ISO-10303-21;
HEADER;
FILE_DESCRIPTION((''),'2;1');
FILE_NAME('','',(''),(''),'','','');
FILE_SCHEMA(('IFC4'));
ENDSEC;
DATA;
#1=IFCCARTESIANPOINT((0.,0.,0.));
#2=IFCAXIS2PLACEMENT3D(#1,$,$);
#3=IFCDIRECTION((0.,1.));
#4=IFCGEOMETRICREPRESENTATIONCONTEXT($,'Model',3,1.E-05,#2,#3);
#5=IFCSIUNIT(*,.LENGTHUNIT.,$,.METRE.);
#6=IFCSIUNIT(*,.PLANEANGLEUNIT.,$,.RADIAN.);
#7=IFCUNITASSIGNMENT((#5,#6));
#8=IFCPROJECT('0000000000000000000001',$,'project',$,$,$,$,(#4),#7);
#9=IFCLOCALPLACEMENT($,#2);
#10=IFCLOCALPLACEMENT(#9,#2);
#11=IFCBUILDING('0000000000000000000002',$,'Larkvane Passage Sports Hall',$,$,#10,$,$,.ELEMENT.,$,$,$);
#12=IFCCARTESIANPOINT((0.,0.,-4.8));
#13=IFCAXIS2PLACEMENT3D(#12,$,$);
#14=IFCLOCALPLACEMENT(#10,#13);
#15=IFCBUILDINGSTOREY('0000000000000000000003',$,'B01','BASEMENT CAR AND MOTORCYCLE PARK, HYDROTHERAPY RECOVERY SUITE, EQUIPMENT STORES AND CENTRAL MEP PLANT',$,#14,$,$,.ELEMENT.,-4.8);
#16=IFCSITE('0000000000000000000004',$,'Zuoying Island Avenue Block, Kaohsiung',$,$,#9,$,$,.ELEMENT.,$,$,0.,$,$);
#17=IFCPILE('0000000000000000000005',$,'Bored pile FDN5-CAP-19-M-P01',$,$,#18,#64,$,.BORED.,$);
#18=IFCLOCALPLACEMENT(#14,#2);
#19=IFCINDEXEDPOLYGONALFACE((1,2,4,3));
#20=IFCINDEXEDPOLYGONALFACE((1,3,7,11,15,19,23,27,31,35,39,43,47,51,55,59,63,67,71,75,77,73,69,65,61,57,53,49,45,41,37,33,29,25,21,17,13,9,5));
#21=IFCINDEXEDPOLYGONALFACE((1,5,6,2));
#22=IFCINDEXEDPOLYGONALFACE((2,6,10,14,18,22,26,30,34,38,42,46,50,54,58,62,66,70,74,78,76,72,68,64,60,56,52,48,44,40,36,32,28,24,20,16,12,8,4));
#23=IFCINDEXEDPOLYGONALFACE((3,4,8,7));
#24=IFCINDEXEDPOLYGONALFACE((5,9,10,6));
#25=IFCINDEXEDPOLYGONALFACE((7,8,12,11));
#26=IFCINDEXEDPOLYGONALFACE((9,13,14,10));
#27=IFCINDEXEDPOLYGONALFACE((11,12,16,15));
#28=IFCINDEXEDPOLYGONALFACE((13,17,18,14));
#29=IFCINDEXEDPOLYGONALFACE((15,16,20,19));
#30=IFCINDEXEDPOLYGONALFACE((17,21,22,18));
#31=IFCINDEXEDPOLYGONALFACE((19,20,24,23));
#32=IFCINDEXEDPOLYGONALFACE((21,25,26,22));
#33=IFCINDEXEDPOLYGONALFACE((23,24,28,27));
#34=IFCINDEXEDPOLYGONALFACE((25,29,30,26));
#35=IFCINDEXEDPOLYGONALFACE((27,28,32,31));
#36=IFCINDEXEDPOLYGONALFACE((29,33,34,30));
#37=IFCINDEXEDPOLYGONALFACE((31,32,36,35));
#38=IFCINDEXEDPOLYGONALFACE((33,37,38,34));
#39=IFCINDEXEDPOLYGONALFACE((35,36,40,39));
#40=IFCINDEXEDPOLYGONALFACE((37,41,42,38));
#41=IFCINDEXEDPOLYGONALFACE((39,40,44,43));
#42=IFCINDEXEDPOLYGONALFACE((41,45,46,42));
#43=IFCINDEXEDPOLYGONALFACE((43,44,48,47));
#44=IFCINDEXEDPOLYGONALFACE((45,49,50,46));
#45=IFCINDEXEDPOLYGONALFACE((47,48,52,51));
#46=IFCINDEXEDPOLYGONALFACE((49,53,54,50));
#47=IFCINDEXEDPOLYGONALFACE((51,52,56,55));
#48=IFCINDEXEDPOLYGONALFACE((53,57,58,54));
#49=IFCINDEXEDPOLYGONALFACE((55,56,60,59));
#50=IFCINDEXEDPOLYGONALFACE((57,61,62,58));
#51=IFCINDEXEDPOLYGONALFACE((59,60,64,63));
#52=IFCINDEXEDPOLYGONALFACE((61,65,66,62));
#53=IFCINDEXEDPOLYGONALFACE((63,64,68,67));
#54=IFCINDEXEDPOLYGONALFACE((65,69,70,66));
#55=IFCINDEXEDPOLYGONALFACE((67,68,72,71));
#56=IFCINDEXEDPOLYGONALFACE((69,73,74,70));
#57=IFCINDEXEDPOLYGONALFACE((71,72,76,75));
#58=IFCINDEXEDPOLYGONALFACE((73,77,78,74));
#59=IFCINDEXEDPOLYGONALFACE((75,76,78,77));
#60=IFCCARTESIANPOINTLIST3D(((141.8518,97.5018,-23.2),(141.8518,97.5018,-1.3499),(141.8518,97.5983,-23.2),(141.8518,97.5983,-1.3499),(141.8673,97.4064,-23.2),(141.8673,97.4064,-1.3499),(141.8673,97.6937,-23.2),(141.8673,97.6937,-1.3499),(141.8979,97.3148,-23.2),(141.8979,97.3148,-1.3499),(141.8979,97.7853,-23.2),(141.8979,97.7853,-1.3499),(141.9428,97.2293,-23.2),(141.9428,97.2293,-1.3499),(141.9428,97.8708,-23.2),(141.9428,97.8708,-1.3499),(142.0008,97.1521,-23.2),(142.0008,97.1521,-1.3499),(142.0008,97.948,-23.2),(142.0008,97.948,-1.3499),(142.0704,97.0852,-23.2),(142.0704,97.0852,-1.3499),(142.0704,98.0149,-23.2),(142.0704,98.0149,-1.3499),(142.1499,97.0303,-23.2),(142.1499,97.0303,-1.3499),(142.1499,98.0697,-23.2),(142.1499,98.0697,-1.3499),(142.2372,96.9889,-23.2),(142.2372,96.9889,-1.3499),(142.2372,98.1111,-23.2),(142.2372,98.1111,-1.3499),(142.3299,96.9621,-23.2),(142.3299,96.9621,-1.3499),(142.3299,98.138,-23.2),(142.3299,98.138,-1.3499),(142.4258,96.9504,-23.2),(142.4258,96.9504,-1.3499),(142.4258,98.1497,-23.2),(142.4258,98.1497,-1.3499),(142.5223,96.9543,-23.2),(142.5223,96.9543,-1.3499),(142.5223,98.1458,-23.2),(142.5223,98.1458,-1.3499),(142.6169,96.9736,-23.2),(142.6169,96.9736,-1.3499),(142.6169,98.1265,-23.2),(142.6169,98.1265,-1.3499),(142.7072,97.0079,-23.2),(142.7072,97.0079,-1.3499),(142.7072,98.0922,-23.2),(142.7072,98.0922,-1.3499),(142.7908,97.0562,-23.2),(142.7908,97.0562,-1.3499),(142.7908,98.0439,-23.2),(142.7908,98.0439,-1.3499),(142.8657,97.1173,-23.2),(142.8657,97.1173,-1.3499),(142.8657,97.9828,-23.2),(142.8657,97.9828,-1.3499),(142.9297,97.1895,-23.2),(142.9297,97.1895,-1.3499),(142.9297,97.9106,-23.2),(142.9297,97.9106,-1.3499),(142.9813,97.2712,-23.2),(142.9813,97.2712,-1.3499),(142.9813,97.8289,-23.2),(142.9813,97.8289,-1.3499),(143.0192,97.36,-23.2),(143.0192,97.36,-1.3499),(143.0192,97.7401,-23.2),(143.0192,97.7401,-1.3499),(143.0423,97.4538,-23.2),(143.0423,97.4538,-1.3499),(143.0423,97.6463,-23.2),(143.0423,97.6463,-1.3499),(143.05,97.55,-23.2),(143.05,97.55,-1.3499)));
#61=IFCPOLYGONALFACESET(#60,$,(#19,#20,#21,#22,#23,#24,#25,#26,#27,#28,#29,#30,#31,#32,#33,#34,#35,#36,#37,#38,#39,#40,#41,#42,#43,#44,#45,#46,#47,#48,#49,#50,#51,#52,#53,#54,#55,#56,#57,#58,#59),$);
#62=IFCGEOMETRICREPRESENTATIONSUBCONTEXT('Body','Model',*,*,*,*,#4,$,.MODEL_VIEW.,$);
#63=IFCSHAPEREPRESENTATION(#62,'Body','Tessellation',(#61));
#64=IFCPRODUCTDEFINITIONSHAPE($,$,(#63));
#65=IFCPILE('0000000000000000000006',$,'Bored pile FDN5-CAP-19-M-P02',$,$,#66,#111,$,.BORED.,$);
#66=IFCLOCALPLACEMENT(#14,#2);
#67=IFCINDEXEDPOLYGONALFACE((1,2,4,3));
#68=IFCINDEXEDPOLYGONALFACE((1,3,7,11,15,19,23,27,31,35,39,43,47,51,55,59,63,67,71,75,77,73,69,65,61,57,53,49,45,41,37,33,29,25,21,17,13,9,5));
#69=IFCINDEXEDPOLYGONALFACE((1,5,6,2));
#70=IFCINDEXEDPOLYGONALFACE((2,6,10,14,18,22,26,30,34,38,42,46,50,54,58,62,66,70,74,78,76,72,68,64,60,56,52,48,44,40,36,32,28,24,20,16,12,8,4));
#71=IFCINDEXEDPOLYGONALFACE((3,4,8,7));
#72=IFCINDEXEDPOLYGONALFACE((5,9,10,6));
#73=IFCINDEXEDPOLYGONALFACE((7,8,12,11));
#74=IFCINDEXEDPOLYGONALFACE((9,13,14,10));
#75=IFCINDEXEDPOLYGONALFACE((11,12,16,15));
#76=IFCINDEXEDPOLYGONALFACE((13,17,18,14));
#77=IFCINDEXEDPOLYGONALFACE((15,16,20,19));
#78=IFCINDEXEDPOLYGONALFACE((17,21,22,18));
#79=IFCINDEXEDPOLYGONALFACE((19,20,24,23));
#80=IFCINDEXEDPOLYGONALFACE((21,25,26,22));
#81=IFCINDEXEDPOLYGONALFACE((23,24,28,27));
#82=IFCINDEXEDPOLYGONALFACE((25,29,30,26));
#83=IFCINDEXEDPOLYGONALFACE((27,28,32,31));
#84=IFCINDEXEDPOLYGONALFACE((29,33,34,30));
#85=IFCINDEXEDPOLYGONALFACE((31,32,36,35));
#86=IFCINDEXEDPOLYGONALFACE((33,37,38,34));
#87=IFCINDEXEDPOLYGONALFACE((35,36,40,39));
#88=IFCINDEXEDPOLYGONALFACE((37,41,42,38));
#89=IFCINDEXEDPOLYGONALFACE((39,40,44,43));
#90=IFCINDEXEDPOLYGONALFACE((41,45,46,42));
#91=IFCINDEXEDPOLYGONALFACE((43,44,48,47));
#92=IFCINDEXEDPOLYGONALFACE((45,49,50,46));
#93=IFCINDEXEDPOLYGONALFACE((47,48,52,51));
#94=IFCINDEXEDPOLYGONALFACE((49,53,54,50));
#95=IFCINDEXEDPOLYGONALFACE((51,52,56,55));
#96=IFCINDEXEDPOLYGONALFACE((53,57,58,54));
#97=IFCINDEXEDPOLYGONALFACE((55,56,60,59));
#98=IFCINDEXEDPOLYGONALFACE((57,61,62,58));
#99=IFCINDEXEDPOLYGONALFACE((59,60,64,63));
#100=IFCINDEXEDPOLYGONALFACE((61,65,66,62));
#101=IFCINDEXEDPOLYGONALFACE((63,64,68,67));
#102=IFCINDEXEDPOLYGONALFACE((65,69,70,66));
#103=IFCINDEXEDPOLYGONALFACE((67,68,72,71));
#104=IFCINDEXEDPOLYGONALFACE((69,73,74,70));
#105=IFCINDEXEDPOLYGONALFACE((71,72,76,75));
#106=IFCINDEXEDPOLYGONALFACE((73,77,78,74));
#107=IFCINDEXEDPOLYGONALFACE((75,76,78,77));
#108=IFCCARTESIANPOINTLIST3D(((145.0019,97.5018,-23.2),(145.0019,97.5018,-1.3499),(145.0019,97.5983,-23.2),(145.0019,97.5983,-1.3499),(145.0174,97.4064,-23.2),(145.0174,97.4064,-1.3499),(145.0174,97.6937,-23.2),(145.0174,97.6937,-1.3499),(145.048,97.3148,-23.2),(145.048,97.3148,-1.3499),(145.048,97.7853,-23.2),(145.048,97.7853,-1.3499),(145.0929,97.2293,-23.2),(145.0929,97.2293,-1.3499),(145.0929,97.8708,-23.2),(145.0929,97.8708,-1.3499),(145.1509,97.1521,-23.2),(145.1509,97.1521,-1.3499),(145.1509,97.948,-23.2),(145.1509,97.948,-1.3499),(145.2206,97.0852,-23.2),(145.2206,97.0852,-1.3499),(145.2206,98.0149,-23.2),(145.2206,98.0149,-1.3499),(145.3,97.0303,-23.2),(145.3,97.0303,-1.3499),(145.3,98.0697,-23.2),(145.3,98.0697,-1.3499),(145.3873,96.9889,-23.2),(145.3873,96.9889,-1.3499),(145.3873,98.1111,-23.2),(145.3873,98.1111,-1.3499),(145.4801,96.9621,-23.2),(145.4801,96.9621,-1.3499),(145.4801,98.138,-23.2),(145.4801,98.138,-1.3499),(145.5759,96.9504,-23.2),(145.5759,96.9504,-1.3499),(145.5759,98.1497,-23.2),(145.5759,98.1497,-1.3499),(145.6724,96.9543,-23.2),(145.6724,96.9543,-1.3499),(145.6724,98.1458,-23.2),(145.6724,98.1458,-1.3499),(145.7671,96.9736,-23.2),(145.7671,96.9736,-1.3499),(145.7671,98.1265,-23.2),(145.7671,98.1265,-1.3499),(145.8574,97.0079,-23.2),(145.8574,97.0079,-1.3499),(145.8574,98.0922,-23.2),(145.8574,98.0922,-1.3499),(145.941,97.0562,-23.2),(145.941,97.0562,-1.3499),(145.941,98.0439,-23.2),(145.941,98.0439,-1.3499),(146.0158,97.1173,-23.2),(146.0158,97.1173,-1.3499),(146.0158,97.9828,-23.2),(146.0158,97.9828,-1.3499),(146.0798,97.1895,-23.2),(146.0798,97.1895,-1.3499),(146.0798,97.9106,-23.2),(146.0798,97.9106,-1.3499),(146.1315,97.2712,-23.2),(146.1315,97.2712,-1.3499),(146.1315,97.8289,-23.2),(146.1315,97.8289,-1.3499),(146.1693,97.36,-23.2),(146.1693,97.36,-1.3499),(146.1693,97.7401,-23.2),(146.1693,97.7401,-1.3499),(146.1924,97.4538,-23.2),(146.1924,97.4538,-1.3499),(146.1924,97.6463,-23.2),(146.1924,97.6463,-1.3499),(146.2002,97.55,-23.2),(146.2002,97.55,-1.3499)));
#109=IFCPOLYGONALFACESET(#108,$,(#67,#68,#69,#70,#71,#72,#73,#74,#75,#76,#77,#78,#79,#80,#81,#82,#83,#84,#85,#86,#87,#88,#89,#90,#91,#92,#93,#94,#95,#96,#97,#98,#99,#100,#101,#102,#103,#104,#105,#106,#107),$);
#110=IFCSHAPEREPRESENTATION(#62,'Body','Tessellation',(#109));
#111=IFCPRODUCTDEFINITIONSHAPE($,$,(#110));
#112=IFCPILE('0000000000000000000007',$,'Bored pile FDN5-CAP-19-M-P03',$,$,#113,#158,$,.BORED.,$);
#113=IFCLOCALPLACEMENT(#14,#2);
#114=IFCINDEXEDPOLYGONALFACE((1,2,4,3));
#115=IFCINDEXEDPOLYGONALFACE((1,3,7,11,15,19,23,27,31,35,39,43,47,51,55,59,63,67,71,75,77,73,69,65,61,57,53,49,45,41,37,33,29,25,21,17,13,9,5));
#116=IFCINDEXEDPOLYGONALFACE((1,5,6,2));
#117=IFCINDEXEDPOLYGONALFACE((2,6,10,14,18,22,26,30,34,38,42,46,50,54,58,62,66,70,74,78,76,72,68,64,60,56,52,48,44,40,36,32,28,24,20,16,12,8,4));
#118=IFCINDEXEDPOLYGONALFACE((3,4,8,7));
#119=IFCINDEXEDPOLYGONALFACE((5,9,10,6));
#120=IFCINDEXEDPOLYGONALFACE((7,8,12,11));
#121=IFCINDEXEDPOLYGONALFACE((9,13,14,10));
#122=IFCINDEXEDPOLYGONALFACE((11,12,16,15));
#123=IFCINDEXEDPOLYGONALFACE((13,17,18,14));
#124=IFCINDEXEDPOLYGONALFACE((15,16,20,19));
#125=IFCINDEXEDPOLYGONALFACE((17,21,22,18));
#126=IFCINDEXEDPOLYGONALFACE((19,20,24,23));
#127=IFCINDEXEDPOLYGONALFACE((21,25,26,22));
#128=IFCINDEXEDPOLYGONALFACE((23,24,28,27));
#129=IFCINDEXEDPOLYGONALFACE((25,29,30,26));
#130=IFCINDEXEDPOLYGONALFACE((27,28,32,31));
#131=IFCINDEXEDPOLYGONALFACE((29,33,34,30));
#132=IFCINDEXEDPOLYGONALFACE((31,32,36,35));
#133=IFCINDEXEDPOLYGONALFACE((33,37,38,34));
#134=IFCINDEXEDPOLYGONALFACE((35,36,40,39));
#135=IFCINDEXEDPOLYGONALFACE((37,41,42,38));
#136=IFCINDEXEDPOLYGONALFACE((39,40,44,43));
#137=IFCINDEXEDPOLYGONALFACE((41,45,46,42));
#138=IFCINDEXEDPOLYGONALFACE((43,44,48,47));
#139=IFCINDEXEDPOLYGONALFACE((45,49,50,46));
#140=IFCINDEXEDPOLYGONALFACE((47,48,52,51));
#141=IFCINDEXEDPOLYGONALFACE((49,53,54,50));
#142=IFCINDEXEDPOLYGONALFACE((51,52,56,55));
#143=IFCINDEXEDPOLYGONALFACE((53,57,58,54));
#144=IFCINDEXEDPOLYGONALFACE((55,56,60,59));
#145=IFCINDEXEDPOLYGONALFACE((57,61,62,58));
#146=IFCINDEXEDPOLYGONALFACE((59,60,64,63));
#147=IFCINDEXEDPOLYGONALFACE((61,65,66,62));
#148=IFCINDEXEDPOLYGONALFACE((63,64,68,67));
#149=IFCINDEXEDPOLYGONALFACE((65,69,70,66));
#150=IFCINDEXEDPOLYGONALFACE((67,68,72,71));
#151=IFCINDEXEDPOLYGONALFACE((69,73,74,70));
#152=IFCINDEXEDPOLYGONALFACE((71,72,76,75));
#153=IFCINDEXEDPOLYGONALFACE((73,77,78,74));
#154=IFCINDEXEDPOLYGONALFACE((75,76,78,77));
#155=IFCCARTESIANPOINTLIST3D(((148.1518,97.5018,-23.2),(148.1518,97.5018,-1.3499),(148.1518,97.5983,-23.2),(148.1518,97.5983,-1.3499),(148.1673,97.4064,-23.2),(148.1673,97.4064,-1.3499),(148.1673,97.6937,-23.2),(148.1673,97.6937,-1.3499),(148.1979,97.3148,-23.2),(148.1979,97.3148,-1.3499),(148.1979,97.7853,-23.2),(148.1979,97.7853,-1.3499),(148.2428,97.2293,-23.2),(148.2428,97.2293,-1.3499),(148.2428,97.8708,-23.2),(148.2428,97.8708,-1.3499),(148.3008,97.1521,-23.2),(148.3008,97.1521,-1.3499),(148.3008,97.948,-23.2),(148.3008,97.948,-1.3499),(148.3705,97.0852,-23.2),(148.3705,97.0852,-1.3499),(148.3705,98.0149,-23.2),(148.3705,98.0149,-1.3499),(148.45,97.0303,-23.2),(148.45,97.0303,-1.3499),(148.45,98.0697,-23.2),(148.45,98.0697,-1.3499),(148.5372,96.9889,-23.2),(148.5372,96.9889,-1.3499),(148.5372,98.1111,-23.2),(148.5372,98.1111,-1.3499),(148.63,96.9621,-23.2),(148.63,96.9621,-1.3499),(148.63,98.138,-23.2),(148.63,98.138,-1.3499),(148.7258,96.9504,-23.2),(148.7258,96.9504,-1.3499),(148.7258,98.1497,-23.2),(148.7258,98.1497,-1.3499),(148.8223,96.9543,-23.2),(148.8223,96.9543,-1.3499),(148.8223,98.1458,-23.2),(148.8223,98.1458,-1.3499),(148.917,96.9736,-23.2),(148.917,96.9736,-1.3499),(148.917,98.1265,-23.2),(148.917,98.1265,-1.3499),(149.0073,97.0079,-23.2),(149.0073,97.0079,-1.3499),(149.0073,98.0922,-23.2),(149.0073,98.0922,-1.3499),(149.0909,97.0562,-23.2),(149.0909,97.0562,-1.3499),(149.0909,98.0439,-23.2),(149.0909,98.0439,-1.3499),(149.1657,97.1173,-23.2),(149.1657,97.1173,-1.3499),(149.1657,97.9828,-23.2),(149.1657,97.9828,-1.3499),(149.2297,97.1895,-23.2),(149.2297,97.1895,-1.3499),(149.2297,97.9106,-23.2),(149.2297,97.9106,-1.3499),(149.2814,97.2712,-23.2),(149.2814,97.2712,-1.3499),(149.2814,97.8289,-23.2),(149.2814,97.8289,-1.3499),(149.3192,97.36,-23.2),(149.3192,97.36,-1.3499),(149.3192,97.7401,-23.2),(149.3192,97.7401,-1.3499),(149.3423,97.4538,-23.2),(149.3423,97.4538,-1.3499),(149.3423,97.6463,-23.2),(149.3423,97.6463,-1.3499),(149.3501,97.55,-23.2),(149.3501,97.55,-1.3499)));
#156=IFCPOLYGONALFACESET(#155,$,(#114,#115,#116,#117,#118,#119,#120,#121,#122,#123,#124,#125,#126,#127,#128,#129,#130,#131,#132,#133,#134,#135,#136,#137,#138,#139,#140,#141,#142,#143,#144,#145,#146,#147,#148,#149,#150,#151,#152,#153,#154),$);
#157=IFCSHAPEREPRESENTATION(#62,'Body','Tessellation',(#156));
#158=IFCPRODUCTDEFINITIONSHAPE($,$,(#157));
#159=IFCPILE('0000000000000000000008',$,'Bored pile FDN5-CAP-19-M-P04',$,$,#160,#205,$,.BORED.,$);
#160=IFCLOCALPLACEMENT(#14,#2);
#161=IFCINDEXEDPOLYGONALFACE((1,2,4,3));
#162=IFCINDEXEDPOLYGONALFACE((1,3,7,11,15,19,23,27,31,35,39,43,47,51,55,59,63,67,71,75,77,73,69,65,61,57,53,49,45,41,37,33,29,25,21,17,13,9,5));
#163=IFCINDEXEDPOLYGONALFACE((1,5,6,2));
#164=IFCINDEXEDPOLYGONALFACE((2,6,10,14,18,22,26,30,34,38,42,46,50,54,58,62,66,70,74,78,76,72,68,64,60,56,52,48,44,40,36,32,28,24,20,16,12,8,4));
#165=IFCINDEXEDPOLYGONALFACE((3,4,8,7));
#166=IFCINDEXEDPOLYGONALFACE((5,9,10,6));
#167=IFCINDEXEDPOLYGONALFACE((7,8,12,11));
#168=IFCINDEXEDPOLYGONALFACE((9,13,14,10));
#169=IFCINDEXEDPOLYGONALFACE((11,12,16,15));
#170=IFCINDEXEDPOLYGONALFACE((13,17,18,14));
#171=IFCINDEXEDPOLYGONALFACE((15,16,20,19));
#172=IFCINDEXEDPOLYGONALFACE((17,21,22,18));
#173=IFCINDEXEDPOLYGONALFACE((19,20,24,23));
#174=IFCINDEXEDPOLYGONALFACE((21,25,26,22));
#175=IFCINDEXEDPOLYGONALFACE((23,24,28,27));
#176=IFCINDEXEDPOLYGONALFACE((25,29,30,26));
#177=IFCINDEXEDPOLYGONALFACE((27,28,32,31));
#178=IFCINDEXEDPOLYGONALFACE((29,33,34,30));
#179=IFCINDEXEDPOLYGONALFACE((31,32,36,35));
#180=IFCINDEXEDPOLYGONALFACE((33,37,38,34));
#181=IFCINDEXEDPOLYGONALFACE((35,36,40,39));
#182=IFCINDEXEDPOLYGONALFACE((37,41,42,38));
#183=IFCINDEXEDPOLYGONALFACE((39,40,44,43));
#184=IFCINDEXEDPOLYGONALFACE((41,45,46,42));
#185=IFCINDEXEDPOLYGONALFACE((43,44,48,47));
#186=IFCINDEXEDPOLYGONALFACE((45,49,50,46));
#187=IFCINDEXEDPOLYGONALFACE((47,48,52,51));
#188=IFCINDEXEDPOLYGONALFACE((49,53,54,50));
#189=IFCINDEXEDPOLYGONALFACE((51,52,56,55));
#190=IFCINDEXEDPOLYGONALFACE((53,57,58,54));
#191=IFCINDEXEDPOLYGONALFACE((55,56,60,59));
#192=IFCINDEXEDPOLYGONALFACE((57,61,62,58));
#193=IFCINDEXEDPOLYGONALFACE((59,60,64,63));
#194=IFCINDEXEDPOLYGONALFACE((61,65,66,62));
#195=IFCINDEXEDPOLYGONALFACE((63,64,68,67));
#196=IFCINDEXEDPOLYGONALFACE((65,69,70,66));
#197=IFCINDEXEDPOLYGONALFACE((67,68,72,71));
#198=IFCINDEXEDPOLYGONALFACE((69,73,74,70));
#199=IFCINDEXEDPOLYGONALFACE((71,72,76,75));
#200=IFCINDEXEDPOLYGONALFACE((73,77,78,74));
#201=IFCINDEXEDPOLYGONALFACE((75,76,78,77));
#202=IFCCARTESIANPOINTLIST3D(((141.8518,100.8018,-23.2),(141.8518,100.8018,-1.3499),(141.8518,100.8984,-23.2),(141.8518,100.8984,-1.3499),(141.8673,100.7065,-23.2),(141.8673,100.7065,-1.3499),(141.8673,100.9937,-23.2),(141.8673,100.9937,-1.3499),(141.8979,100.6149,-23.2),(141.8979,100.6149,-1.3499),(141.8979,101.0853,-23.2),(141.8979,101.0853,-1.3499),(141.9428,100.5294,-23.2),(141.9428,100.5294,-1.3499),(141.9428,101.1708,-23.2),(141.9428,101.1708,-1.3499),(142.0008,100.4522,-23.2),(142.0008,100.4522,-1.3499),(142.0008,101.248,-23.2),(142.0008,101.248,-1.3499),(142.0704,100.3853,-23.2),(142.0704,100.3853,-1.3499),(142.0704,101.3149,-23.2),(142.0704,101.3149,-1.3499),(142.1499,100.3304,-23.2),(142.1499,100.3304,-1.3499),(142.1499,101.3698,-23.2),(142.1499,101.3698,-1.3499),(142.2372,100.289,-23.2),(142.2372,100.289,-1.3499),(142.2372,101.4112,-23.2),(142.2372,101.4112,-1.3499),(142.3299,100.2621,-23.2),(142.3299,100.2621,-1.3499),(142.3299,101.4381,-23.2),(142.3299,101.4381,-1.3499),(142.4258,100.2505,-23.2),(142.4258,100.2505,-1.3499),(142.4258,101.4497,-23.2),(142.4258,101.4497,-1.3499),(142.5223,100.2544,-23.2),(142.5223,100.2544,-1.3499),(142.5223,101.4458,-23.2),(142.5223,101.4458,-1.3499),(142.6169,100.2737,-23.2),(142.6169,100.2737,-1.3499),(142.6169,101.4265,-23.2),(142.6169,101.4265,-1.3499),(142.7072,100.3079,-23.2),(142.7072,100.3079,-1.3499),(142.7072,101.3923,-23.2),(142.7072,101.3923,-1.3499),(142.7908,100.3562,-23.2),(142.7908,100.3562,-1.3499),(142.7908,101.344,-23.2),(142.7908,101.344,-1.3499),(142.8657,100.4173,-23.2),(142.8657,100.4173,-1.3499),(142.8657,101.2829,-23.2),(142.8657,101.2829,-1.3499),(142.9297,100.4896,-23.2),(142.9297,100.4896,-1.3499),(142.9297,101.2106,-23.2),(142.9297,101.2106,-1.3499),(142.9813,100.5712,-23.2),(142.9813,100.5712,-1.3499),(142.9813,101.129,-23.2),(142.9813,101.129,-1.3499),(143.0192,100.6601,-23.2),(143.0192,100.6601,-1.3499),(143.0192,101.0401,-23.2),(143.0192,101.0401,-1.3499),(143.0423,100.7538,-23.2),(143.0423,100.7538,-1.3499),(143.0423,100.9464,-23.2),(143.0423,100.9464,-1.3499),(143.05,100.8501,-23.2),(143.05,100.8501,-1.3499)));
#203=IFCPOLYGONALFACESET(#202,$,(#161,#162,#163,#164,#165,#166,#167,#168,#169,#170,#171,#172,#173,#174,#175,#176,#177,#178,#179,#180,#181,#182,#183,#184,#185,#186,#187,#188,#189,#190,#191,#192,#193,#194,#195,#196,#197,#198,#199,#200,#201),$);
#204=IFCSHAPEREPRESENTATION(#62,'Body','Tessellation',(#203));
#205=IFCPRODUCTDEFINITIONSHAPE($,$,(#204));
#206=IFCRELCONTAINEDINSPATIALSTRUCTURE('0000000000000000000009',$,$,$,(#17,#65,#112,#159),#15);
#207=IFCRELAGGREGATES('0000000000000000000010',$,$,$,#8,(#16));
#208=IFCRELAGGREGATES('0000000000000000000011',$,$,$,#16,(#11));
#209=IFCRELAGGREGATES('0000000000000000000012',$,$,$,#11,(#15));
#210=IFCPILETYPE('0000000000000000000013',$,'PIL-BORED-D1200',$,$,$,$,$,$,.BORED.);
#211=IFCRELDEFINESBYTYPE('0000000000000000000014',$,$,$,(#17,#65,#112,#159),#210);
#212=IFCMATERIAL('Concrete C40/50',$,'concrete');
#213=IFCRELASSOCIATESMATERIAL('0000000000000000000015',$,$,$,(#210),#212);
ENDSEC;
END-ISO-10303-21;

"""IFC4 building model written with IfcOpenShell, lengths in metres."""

from ifc_helpers import new_model, si_unit, direction, frame, origin, origin_2d, place, context, subcontext, project, spatial, circle, extrude, material, material_profile, profile_set, type_object, element, save


model = new_model("IFC4")

# Units and contexts
model_context = context("Model", 3, precision=1e-05, world=origin(), true_north=direction((0.0, 1.0)))
body_context = subcontext(model_context, "Body", "Model", "MODEL_VIEW")
ifc_project = project(units=[si_unit("LENGTHUNIT", "METRE"), si_unit("PLANEANGLEUNIT", "RADIAN")], contexts=[model_context])

# Site, building, storey
site_placement = place(None, origin())
site = spatial("IfcSite", under=ifc_project, at=site_placement, Name="Zuoying Island Avenue Block, Kaohsiung", CompositionType="ELEMENT", RefElevation=0.0)
building_placement = place(site_placement, origin())
building = spatial("IfcBuilding", under=site, at=building_placement, Name="Larkvane Passage Sports Hall", CompositionType="ELEMENT")
storey_placement = place(building_placement, frame((0.0, 0.0, -4.8)))
storey = spatial("IfcBuildingStorey", under=building, at=storey_placement, Name="B01", Description="BASEMENT CAR AND MOTORCYCLE PARK, HYDROTHERAPY RECOVERY SUITE, EQUIPMENT STORES AND CENTRAL MEP PLANT", CompositionType="ELEMENT", Elevation=-4.8)

# Shared definitions
ifc_material_1 = material(Name="Concrete C40/50", Category="concrete")

# Piles
ifc_material_profile_1 = material_profile(ifc_material_1, circle(Radius=0.6001, at=origin_2d()), Name="PILE-D1200")
ifc_profile_set_1 = profile_set([ifc_material_profile_1], Name="Concrete C40/50")
pile_type_1 = type_object("IfcPileType", Name="PIL-BORED-D1200", PredefinedType="BORED", material=ifc_profile_set_1)
for number, where, z_axis, x_axis, name in (
    (1, (142.45, 97.55, -1.3499), (0.0, 0.0, -1.0), (1.0, 0.0, 0.0), "Bored pile FDN5-CAP-19-M-P01"),
    (2, (145.6001, 97.55, -1.3499), (0.0, 0.0, -1.0), (1.0, 0.0, 0.0), "Bored pile FDN5-CAP-19-M-P02"),
    (3, (148.75, 97.55, -1.3499), (0.0, 0.0, -1.0), (1.0, 0.0, 0.0), "Bored pile FDN5-CAP-19-M-P03"),
    (4, (142.45, 100.8501, -1.3499), (0.0, 0.0, -1.0), (1.0, 0.0, 0.0), "Bored pile FDN5-CAP-19-M-P04"),
):
    element("IfcPile", number, at=place(storey_placement, frame(where, z_axis=z_axis, x_axis=x_axis)), inside=storey, type_object=pile_type_1, Name=name, PredefinedType="BORED", context=body_context, shape_type="SweptSolid", body=[
        extrude(circle(Radius=0.6001, at=origin_2d()), origin(), (0.0, 0.0, 1.0), 21.8501),
    ])

save(model, "model.ifc")
